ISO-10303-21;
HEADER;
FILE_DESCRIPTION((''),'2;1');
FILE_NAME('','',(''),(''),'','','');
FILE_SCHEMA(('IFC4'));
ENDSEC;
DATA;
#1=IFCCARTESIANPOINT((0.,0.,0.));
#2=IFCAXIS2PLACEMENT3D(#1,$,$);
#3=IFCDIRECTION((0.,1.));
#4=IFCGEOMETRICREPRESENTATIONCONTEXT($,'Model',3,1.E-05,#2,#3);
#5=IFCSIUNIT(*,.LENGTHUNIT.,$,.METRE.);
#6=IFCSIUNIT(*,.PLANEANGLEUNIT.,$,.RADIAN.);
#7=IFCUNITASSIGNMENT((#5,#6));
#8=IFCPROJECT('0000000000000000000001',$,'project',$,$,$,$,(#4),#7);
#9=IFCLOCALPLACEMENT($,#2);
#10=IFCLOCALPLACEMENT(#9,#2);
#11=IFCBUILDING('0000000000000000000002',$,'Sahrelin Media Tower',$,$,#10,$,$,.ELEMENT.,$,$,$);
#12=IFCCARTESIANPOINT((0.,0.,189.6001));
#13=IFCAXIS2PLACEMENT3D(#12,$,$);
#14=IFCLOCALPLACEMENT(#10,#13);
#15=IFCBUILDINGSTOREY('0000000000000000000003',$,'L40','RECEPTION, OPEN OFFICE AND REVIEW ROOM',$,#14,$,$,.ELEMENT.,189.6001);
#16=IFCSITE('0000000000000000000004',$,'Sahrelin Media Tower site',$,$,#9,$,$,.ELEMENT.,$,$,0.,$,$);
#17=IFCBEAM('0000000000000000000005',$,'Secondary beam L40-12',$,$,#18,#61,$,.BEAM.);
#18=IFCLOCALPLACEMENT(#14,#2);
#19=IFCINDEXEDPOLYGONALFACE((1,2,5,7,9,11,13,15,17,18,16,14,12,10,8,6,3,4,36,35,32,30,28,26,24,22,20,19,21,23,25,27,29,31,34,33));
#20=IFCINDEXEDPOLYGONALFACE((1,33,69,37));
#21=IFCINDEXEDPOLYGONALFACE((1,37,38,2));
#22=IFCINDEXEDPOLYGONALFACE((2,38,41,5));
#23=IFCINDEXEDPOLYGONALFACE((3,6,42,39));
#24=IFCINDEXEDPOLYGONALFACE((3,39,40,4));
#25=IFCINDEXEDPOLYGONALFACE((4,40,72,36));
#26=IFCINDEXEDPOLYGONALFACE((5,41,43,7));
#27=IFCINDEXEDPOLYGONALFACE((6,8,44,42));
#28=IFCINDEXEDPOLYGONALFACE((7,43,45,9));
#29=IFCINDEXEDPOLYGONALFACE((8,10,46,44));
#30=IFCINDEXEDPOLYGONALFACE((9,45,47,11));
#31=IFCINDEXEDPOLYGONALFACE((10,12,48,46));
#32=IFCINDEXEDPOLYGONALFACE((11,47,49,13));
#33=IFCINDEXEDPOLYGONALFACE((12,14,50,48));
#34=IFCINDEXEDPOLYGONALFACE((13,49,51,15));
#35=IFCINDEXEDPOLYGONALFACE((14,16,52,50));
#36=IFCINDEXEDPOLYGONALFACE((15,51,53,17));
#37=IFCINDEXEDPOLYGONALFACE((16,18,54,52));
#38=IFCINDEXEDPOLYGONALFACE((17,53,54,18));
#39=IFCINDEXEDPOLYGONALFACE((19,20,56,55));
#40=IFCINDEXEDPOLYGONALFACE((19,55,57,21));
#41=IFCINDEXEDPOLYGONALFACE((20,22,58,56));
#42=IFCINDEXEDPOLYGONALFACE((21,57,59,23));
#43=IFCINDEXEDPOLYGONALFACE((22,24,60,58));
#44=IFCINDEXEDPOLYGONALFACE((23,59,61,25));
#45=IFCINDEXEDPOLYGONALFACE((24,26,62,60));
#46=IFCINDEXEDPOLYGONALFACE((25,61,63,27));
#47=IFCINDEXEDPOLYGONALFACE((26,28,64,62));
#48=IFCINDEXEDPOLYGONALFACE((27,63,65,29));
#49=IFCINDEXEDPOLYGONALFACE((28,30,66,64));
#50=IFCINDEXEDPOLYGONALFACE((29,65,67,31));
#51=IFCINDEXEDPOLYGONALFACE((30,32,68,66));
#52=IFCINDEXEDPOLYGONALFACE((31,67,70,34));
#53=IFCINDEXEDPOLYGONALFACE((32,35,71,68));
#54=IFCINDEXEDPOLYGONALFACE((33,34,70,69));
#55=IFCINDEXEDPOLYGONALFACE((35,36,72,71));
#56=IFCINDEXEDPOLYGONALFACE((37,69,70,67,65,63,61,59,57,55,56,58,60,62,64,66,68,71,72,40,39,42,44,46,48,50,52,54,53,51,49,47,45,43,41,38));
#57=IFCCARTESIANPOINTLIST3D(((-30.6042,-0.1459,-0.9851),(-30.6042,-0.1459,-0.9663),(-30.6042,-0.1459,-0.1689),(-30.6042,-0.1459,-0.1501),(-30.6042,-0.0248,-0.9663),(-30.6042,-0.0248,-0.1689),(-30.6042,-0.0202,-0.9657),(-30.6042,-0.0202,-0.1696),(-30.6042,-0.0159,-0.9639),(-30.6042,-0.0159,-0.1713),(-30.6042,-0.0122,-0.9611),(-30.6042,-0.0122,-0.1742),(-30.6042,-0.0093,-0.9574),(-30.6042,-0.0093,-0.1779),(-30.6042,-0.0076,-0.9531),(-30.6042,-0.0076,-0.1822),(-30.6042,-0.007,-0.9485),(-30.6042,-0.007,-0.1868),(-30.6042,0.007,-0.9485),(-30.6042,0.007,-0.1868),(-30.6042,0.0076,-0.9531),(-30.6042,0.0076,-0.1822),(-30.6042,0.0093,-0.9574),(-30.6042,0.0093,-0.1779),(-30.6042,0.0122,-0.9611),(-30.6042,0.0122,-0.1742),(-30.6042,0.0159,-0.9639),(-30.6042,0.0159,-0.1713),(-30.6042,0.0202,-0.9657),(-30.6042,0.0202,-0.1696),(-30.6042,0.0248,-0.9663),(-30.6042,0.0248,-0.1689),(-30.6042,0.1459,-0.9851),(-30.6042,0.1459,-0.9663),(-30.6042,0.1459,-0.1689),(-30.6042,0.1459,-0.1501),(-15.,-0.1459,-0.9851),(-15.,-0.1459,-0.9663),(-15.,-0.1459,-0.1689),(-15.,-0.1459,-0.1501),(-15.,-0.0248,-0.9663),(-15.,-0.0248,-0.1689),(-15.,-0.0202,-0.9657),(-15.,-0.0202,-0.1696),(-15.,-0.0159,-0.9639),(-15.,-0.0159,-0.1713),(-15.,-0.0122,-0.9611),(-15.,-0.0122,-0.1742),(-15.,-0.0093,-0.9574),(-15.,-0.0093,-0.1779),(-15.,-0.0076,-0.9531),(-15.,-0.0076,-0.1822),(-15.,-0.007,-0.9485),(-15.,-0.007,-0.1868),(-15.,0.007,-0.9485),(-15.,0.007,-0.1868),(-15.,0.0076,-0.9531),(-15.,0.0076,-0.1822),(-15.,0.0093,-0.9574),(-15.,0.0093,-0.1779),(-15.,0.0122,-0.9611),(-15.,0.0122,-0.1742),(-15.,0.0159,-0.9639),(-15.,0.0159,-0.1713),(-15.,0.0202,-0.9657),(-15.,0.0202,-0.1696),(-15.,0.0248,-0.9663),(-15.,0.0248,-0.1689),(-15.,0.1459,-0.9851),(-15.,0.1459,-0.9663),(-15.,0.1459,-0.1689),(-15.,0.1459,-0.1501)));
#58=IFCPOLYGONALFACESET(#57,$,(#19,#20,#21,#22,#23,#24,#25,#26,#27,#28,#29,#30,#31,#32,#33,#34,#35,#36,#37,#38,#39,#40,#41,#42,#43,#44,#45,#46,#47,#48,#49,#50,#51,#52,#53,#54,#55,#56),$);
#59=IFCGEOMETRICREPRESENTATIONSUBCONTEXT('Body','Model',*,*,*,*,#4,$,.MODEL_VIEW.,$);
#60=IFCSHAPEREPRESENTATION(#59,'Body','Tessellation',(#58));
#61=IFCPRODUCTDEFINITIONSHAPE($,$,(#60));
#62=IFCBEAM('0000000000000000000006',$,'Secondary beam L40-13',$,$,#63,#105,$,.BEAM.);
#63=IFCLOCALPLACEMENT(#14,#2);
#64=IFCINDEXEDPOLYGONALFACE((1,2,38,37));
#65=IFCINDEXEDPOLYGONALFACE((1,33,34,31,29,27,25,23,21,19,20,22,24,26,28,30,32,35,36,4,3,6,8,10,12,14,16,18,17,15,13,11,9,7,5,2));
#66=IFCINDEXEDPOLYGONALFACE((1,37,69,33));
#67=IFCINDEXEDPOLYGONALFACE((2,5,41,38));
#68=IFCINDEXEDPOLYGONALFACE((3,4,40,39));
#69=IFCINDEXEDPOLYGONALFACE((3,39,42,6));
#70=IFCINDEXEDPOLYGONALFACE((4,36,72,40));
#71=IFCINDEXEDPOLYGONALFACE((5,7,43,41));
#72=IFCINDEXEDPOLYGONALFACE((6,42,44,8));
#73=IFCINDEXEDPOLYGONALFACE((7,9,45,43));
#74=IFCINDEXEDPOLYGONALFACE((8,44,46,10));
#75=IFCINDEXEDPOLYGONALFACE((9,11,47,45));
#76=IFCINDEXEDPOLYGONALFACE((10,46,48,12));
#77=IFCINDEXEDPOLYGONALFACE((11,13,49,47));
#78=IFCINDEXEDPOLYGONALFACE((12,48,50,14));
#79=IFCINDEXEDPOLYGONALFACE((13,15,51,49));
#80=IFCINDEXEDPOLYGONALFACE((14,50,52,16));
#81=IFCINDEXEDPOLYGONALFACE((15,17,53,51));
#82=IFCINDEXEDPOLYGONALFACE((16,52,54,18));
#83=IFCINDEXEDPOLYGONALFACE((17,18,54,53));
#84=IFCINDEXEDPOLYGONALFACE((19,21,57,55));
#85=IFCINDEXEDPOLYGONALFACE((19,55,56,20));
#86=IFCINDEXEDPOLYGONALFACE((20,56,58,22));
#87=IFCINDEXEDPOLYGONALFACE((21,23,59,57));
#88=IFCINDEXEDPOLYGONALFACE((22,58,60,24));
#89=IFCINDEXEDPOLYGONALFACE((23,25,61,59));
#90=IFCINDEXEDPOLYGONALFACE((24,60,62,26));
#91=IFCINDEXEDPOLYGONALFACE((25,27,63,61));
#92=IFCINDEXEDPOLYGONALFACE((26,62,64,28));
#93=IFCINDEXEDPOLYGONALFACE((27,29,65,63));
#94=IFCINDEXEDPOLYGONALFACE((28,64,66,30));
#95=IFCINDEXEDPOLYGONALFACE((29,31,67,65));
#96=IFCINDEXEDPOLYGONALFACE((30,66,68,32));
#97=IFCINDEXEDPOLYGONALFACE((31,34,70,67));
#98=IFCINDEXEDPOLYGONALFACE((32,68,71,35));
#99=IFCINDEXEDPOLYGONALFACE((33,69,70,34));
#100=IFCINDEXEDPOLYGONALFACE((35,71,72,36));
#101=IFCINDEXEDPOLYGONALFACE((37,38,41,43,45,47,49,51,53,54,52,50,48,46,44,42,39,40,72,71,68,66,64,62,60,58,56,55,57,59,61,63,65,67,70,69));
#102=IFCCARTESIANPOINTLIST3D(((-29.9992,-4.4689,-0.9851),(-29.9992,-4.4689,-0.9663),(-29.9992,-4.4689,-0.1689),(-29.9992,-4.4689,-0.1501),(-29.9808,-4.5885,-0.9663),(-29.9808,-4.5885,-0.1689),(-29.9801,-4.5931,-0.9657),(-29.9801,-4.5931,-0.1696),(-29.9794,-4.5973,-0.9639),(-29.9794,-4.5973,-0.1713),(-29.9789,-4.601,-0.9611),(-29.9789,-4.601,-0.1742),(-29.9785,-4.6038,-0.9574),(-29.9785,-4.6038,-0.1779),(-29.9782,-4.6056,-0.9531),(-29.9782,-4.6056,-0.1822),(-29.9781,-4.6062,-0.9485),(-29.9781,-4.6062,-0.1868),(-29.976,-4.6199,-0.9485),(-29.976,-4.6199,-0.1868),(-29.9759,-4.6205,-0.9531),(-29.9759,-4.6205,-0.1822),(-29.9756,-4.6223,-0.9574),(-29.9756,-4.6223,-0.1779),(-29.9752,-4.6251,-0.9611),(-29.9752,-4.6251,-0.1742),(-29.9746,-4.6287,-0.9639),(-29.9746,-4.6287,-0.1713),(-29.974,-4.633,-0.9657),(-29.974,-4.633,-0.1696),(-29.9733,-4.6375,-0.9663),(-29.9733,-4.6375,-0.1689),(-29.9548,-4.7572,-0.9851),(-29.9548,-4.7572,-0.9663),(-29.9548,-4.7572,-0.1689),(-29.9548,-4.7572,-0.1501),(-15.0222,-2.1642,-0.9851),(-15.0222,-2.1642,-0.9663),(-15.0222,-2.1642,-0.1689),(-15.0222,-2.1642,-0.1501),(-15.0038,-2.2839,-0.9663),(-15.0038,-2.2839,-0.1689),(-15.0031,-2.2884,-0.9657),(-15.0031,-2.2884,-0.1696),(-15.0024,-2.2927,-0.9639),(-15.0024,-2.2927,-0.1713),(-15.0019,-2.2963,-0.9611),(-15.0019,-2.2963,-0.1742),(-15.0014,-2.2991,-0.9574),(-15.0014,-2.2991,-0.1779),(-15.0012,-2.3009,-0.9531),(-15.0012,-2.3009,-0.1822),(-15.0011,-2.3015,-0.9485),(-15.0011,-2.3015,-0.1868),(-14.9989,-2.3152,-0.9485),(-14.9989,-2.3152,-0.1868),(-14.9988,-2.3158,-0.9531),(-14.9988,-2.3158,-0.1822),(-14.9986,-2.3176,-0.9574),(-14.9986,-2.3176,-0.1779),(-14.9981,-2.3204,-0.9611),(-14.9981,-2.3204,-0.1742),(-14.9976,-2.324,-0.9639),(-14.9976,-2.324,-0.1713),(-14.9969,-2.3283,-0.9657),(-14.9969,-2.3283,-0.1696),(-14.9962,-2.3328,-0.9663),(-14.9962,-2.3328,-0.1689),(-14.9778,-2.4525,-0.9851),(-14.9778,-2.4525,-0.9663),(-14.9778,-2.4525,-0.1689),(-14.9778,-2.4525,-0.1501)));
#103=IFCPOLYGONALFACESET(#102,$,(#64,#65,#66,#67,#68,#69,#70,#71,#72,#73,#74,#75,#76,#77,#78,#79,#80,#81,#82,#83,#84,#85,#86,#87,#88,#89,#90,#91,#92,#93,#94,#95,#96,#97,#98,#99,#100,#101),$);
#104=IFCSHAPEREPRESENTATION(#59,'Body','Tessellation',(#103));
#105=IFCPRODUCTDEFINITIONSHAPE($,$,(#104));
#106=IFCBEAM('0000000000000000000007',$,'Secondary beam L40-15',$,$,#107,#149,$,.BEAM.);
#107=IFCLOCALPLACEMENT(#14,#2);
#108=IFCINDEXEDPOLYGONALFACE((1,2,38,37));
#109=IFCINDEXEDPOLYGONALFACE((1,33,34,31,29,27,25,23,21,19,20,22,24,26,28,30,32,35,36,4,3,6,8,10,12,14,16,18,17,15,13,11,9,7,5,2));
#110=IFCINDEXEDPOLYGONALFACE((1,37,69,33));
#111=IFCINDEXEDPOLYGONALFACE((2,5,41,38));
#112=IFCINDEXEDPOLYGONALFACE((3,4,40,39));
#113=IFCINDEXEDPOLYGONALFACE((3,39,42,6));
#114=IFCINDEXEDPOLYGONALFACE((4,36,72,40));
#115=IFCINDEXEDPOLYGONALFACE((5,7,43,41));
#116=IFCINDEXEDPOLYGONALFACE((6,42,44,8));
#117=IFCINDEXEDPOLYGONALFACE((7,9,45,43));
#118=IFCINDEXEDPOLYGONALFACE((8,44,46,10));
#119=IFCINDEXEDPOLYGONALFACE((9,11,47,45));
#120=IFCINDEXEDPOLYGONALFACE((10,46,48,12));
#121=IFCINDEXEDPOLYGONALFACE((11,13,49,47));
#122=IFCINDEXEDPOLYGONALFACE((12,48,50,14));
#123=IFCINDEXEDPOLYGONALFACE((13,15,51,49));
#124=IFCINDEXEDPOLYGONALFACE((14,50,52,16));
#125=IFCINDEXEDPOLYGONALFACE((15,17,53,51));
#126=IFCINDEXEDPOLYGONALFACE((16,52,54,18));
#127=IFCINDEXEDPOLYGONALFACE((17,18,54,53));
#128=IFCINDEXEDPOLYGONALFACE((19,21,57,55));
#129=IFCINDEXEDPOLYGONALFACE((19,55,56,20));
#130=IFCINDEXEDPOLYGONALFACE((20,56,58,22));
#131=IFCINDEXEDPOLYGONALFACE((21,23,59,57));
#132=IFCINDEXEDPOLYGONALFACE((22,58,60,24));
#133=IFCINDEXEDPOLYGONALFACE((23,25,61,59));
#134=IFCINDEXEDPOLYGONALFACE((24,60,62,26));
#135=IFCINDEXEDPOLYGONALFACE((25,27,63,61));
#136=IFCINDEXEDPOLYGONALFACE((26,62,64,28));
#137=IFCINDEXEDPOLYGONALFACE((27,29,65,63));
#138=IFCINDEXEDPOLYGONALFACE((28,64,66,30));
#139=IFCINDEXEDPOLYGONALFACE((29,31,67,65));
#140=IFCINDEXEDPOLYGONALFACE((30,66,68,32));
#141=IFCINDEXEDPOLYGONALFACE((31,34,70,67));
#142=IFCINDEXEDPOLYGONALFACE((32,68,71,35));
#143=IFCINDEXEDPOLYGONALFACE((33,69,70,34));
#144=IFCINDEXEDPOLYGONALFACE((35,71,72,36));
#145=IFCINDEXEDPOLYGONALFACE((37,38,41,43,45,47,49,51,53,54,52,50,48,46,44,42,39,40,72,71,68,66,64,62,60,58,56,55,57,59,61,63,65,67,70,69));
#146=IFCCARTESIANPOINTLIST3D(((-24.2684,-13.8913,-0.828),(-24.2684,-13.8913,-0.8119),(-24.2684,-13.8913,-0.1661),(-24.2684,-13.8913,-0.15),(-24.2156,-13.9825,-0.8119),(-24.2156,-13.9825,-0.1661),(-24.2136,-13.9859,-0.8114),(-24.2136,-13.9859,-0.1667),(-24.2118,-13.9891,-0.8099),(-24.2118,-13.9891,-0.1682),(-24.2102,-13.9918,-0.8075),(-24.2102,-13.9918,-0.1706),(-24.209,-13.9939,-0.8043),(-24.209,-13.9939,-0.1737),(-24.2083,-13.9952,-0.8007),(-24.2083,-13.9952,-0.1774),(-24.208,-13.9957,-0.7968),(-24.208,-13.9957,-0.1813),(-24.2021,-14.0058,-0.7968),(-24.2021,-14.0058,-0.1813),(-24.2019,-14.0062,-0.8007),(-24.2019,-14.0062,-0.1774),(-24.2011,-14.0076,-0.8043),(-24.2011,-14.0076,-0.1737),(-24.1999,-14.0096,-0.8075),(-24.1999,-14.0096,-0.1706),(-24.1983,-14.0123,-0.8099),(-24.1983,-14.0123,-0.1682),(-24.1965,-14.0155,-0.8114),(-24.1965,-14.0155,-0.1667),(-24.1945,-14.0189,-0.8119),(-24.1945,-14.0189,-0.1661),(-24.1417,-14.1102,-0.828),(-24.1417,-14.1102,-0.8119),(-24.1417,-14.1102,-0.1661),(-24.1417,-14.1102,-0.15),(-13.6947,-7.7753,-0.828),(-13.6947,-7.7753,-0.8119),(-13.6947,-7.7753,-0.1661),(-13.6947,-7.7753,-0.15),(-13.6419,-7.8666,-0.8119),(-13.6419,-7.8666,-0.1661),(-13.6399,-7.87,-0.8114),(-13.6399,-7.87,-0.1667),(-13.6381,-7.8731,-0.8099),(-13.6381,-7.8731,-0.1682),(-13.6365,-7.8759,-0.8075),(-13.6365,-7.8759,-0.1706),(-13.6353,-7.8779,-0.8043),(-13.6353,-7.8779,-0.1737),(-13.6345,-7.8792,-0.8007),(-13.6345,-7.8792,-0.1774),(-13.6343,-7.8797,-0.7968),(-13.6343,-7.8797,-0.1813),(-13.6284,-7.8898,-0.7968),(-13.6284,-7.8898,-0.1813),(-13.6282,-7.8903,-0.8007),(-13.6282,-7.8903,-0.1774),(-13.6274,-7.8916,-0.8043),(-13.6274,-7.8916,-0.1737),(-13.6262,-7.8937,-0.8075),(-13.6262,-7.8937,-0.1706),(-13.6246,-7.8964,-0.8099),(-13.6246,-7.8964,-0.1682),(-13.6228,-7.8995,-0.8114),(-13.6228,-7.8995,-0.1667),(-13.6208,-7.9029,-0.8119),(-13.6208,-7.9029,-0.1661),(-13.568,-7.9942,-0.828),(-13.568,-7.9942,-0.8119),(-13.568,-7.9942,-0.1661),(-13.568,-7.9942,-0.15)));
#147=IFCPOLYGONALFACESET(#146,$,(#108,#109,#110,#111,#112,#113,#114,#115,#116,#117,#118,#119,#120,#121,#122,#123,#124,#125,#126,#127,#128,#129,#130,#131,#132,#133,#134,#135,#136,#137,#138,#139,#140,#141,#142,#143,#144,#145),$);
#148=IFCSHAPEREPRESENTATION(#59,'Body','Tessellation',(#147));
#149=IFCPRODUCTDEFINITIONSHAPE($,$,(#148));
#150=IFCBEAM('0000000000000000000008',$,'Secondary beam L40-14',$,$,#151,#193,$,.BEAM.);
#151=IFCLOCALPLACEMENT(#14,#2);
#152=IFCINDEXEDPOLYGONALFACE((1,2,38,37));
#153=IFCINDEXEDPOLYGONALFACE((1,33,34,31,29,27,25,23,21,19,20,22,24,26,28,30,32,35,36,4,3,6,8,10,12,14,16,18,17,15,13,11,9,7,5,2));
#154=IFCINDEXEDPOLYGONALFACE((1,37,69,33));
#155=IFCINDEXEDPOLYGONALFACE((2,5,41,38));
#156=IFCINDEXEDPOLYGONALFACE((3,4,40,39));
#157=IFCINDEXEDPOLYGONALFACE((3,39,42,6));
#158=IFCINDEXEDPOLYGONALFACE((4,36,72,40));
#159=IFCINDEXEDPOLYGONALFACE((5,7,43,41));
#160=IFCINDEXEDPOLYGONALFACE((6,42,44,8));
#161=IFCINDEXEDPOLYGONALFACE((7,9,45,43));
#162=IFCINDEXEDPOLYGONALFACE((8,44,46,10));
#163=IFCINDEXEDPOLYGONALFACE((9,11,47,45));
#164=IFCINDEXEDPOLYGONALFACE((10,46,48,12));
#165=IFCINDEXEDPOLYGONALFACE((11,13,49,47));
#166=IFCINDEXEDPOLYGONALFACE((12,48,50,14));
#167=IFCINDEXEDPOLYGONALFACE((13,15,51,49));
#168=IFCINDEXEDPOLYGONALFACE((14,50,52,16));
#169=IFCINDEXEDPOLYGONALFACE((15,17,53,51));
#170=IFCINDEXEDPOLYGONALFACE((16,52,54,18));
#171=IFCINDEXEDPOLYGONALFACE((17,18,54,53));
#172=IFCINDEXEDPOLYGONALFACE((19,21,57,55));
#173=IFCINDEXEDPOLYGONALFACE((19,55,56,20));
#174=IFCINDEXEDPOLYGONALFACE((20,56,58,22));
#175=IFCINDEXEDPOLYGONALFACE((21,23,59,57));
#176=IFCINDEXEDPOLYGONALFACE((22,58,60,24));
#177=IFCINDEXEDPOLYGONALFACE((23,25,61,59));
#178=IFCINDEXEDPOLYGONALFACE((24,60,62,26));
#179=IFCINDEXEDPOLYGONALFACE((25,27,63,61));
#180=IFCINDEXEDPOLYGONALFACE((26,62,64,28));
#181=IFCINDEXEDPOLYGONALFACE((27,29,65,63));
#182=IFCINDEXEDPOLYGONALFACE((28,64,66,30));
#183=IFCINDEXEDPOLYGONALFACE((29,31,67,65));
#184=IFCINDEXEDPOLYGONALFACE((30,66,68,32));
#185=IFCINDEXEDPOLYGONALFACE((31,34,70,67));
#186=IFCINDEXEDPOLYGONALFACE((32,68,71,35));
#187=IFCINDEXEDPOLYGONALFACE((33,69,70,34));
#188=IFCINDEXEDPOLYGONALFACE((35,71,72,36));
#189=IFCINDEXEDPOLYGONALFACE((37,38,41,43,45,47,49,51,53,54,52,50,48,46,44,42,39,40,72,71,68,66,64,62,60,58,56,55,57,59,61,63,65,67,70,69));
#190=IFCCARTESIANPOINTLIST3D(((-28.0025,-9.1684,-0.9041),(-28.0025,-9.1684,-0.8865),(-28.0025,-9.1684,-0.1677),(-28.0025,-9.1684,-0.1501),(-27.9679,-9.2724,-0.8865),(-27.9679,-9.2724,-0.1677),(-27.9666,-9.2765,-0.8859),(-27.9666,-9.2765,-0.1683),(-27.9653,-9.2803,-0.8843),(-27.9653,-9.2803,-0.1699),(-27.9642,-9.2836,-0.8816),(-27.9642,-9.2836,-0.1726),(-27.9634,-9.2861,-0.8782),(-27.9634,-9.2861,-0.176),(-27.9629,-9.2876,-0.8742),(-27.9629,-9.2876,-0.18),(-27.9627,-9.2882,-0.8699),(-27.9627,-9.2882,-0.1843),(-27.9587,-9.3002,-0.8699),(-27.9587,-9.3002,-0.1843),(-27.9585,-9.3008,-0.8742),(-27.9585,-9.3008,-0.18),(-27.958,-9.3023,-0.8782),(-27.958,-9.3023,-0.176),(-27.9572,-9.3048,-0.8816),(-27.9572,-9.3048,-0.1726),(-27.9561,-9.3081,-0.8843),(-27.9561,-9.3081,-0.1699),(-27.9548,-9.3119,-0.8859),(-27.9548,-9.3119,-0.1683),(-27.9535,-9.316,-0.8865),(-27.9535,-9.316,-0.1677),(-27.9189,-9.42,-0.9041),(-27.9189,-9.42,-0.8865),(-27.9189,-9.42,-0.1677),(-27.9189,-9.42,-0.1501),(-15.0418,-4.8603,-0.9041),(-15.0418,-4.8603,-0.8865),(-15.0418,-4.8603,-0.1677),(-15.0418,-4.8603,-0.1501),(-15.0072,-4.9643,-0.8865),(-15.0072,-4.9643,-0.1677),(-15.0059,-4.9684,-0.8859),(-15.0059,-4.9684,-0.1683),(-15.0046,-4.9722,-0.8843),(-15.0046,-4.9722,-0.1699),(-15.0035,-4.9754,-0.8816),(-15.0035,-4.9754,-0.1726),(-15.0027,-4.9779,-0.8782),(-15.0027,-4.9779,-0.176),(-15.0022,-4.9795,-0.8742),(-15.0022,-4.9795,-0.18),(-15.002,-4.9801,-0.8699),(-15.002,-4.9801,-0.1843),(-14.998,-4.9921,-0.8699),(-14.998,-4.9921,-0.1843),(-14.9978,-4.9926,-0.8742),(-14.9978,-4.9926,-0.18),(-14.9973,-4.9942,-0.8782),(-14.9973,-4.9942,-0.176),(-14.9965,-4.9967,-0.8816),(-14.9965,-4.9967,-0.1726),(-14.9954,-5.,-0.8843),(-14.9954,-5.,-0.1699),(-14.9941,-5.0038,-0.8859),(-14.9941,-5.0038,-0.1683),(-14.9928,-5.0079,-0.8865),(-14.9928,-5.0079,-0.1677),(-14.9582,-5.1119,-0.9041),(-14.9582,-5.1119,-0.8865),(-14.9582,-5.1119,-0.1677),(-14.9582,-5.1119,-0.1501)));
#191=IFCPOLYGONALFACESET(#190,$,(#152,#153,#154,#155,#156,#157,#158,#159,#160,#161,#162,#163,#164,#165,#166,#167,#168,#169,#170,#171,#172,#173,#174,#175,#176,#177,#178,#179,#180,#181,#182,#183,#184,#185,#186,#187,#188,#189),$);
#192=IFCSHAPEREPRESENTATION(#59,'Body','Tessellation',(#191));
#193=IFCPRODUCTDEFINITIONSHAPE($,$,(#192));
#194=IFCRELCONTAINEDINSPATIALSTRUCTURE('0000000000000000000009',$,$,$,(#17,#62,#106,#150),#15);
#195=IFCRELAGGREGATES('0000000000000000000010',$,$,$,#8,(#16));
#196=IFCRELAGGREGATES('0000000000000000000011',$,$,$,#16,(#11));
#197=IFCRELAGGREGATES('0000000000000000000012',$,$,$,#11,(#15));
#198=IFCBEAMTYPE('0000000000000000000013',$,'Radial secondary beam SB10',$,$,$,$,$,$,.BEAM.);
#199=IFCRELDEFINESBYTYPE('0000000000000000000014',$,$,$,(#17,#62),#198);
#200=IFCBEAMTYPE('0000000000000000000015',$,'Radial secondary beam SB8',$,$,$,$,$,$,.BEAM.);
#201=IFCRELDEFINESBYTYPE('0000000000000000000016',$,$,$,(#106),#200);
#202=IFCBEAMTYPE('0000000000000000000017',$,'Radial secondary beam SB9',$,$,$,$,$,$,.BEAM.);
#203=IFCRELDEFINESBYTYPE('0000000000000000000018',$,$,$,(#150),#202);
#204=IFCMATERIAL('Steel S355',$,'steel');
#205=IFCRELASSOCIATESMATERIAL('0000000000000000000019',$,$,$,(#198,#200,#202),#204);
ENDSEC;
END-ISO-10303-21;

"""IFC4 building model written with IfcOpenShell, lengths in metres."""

from ifc_helpers import new_model, si_unit, direction, frame, origin, origin_2d, place, context, subcontext, project, spatial, i_section, extrude, material, material_profile, profile_set, type_object, element, save


model = new_model("IFC4")

# Units and contexts
model_context = context("Model", 3, precision=1e-05, world=origin(), true_north=direction((0.0, 1.0)))
body_context = subcontext(model_context, "Body", "Model", "MODEL_VIEW")
ifc_project = project(units=[si_unit("LENGTHUNIT", "METRE"), si_unit("PLANEANGLEUNIT", "RADIAN")], contexts=[model_context])

# Site, building, storey
site_placement = place(None, origin())
site = spatial("IfcSite", under=ifc_project, at=site_placement, Name="Sahrelin Media Tower site", CompositionType="ELEMENT", RefElevation=0.0)
building_placement = place(site_placement, origin())
building = spatial("IfcBuilding", under=site, at=building_placement, Name="Sahrelin Media Tower", CompositionType="ELEMENT")
storey_placement = place(building_placement, frame((0.0, 0.0, 189.6001)))
storey = spatial("IfcBuildingStorey", under=building, at=storey_placement, Name="L40", Description="RECEPTION, OPEN OFFICE AND REVIEW ROOM", CompositionType="ELEMENT", Elevation=189.6001)

# Beams
ifc_material_1 = material(Name="Steel S355", Category="steel")
ifc_material_profile_1 = material_profile(ifc_material_1, i_section(OverallWidth=0.2917, OverallDepth=0.835, WebThickness=0.0139, FlangeThickness=0.0188, FilletRadius=0.0178, at=origin_2d()), Name="UB 838x292x176")
ifc_profile_set_1 = profile_set([ifc_material_profile_1], Name="Steel S355")
beam_type_1 = type_object("IfcBeamType", Name="Radial secondary beam SB10", PredefinedType="BEAM", material=ifc_profile_set_1)
beam_1_placement = place(storey_placement, frame((-15.0, 0.0, -0.5676), z_axis=(-1.0, 0.0, 0.0), x_axis=(0.0, -1.0, 0.0)))
element("IfcBeam", 1, at=beam_1_placement, inside=storey, type_object=beam_type_1, Name="Secondary beam L40-12", PredefinedType="BEAM", context=body_context, shape_type="SweptSolid", body=[
    extrude(i_section(OverallWidth=0.2917, OverallDepth=0.835, WebThickness=0.0139, FlangeThickness=0.0188, FilletRadius=0.0178, at=origin_2d()), origin(), (0.0, 0.0, 1.0), 15.6042),
])
beam_2_placement = place(storey_placement, frame((-15.0, -2.3083, -0.5676), z_axis=(-0.988366, -0.152091, 0.0), x_axis=(0.152091, -0.988366, 0.0)))
element("IfcBeam", 2, at=beam_2_placement, inside=storey, type_object=beam_type_1, Name="Secondary beam L40-13", PredefinedType="BEAM", context=body_context, shape_type="SweptSolid", body=[
    extrude(i_section(OverallWidth=0.2917, OverallDepth=0.835, WebThickness=0.0139, FlangeThickness=0.0188, FilletRadius=0.0178, at=origin_2d()), origin(), (0.0, 0.0, 1.0), 15.1533),
])
ifc_material_profile_2 = material_profile(ifc_material_1, i_section(OverallWidth=0.2529, OverallDepth=0.678, WebThickness=0.0117, FlangeThickness=0.0161, FilletRadius=0.0151, at=origin_2d()), Name="UB 686x254x125")
ifc_profile_set_2 = profile_set([ifc_material_profile_2], Name="Steel S355")
beam_type_2 = type_object("IfcBeamType", Name="Radial secondary beam SB8", PredefinedType="BEAM", material=ifc_profile_set_2)
beam_3_placement = place(storey_placement, frame((-13.6313, -7.8848, -0.489), z_axis=(-0.865627, -0.500689, 0.0), x_axis=(0.500689, -0.865627, 0.0)))
element("IfcBeam", 3, at=beam_3_placement, inside=storey, type_object=beam_type_2, Name="Secondary beam L40-15", PredefinedType="BEAM", context=body_context, shape_type="SweptSolid", body=[
    extrude(i_section(OverallWidth=0.2529, OverallDepth=0.678, WebThickness=0.0117, FlangeThickness=0.0161, FilletRadius=0.0151, at=origin_2d()), origin(), (0.0, 0.0, 1.0), 12.2151),
])
ifc_material_profile_3 = material_profile(ifc_material_1, i_section(OverallWidth=0.2651, OverallDepth=0.7539, WebThickness=0.0127, FlangeThickness=0.0176, FilletRadius=0.0166, at=origin_2d()), Name="UB 762x267x147")
ifc_profile_set_3 = profile_set([ifc_material_profile_3], Name="Steel S355")
beam_type_3 = type_object("IfcBeamType", Name="Radial secondary beam SB9", PredefinedType="BEAM", material=ifc_profile_set_3)
beam_4_placement = place(storey_placement, frame((-15.0, -4.9861, -0.5271), z_axis=(-0.948949, -0.315429, 0.0), x_axis=(0.315429, -0.948949, 0.0)))
element("IfcBeam", 4, at=beam_4_placement, inside=storey, type_object=beam_type_3, Name="Secondary beam L40-14", PredefinedType="BEAM", context=body_context, shape_type="SweptSolid", body=[
    extrude(i_section(OverallWidth=0.2651, OverallDepth=0.7539, WebThickness=0.0127, FlangeThickness=0.0176, FilletRadius=0.0166, at=origin_2d()), origin(), (0.0, 0.0, 1.0), 13.658),
])

save(model, "model.ifc")
